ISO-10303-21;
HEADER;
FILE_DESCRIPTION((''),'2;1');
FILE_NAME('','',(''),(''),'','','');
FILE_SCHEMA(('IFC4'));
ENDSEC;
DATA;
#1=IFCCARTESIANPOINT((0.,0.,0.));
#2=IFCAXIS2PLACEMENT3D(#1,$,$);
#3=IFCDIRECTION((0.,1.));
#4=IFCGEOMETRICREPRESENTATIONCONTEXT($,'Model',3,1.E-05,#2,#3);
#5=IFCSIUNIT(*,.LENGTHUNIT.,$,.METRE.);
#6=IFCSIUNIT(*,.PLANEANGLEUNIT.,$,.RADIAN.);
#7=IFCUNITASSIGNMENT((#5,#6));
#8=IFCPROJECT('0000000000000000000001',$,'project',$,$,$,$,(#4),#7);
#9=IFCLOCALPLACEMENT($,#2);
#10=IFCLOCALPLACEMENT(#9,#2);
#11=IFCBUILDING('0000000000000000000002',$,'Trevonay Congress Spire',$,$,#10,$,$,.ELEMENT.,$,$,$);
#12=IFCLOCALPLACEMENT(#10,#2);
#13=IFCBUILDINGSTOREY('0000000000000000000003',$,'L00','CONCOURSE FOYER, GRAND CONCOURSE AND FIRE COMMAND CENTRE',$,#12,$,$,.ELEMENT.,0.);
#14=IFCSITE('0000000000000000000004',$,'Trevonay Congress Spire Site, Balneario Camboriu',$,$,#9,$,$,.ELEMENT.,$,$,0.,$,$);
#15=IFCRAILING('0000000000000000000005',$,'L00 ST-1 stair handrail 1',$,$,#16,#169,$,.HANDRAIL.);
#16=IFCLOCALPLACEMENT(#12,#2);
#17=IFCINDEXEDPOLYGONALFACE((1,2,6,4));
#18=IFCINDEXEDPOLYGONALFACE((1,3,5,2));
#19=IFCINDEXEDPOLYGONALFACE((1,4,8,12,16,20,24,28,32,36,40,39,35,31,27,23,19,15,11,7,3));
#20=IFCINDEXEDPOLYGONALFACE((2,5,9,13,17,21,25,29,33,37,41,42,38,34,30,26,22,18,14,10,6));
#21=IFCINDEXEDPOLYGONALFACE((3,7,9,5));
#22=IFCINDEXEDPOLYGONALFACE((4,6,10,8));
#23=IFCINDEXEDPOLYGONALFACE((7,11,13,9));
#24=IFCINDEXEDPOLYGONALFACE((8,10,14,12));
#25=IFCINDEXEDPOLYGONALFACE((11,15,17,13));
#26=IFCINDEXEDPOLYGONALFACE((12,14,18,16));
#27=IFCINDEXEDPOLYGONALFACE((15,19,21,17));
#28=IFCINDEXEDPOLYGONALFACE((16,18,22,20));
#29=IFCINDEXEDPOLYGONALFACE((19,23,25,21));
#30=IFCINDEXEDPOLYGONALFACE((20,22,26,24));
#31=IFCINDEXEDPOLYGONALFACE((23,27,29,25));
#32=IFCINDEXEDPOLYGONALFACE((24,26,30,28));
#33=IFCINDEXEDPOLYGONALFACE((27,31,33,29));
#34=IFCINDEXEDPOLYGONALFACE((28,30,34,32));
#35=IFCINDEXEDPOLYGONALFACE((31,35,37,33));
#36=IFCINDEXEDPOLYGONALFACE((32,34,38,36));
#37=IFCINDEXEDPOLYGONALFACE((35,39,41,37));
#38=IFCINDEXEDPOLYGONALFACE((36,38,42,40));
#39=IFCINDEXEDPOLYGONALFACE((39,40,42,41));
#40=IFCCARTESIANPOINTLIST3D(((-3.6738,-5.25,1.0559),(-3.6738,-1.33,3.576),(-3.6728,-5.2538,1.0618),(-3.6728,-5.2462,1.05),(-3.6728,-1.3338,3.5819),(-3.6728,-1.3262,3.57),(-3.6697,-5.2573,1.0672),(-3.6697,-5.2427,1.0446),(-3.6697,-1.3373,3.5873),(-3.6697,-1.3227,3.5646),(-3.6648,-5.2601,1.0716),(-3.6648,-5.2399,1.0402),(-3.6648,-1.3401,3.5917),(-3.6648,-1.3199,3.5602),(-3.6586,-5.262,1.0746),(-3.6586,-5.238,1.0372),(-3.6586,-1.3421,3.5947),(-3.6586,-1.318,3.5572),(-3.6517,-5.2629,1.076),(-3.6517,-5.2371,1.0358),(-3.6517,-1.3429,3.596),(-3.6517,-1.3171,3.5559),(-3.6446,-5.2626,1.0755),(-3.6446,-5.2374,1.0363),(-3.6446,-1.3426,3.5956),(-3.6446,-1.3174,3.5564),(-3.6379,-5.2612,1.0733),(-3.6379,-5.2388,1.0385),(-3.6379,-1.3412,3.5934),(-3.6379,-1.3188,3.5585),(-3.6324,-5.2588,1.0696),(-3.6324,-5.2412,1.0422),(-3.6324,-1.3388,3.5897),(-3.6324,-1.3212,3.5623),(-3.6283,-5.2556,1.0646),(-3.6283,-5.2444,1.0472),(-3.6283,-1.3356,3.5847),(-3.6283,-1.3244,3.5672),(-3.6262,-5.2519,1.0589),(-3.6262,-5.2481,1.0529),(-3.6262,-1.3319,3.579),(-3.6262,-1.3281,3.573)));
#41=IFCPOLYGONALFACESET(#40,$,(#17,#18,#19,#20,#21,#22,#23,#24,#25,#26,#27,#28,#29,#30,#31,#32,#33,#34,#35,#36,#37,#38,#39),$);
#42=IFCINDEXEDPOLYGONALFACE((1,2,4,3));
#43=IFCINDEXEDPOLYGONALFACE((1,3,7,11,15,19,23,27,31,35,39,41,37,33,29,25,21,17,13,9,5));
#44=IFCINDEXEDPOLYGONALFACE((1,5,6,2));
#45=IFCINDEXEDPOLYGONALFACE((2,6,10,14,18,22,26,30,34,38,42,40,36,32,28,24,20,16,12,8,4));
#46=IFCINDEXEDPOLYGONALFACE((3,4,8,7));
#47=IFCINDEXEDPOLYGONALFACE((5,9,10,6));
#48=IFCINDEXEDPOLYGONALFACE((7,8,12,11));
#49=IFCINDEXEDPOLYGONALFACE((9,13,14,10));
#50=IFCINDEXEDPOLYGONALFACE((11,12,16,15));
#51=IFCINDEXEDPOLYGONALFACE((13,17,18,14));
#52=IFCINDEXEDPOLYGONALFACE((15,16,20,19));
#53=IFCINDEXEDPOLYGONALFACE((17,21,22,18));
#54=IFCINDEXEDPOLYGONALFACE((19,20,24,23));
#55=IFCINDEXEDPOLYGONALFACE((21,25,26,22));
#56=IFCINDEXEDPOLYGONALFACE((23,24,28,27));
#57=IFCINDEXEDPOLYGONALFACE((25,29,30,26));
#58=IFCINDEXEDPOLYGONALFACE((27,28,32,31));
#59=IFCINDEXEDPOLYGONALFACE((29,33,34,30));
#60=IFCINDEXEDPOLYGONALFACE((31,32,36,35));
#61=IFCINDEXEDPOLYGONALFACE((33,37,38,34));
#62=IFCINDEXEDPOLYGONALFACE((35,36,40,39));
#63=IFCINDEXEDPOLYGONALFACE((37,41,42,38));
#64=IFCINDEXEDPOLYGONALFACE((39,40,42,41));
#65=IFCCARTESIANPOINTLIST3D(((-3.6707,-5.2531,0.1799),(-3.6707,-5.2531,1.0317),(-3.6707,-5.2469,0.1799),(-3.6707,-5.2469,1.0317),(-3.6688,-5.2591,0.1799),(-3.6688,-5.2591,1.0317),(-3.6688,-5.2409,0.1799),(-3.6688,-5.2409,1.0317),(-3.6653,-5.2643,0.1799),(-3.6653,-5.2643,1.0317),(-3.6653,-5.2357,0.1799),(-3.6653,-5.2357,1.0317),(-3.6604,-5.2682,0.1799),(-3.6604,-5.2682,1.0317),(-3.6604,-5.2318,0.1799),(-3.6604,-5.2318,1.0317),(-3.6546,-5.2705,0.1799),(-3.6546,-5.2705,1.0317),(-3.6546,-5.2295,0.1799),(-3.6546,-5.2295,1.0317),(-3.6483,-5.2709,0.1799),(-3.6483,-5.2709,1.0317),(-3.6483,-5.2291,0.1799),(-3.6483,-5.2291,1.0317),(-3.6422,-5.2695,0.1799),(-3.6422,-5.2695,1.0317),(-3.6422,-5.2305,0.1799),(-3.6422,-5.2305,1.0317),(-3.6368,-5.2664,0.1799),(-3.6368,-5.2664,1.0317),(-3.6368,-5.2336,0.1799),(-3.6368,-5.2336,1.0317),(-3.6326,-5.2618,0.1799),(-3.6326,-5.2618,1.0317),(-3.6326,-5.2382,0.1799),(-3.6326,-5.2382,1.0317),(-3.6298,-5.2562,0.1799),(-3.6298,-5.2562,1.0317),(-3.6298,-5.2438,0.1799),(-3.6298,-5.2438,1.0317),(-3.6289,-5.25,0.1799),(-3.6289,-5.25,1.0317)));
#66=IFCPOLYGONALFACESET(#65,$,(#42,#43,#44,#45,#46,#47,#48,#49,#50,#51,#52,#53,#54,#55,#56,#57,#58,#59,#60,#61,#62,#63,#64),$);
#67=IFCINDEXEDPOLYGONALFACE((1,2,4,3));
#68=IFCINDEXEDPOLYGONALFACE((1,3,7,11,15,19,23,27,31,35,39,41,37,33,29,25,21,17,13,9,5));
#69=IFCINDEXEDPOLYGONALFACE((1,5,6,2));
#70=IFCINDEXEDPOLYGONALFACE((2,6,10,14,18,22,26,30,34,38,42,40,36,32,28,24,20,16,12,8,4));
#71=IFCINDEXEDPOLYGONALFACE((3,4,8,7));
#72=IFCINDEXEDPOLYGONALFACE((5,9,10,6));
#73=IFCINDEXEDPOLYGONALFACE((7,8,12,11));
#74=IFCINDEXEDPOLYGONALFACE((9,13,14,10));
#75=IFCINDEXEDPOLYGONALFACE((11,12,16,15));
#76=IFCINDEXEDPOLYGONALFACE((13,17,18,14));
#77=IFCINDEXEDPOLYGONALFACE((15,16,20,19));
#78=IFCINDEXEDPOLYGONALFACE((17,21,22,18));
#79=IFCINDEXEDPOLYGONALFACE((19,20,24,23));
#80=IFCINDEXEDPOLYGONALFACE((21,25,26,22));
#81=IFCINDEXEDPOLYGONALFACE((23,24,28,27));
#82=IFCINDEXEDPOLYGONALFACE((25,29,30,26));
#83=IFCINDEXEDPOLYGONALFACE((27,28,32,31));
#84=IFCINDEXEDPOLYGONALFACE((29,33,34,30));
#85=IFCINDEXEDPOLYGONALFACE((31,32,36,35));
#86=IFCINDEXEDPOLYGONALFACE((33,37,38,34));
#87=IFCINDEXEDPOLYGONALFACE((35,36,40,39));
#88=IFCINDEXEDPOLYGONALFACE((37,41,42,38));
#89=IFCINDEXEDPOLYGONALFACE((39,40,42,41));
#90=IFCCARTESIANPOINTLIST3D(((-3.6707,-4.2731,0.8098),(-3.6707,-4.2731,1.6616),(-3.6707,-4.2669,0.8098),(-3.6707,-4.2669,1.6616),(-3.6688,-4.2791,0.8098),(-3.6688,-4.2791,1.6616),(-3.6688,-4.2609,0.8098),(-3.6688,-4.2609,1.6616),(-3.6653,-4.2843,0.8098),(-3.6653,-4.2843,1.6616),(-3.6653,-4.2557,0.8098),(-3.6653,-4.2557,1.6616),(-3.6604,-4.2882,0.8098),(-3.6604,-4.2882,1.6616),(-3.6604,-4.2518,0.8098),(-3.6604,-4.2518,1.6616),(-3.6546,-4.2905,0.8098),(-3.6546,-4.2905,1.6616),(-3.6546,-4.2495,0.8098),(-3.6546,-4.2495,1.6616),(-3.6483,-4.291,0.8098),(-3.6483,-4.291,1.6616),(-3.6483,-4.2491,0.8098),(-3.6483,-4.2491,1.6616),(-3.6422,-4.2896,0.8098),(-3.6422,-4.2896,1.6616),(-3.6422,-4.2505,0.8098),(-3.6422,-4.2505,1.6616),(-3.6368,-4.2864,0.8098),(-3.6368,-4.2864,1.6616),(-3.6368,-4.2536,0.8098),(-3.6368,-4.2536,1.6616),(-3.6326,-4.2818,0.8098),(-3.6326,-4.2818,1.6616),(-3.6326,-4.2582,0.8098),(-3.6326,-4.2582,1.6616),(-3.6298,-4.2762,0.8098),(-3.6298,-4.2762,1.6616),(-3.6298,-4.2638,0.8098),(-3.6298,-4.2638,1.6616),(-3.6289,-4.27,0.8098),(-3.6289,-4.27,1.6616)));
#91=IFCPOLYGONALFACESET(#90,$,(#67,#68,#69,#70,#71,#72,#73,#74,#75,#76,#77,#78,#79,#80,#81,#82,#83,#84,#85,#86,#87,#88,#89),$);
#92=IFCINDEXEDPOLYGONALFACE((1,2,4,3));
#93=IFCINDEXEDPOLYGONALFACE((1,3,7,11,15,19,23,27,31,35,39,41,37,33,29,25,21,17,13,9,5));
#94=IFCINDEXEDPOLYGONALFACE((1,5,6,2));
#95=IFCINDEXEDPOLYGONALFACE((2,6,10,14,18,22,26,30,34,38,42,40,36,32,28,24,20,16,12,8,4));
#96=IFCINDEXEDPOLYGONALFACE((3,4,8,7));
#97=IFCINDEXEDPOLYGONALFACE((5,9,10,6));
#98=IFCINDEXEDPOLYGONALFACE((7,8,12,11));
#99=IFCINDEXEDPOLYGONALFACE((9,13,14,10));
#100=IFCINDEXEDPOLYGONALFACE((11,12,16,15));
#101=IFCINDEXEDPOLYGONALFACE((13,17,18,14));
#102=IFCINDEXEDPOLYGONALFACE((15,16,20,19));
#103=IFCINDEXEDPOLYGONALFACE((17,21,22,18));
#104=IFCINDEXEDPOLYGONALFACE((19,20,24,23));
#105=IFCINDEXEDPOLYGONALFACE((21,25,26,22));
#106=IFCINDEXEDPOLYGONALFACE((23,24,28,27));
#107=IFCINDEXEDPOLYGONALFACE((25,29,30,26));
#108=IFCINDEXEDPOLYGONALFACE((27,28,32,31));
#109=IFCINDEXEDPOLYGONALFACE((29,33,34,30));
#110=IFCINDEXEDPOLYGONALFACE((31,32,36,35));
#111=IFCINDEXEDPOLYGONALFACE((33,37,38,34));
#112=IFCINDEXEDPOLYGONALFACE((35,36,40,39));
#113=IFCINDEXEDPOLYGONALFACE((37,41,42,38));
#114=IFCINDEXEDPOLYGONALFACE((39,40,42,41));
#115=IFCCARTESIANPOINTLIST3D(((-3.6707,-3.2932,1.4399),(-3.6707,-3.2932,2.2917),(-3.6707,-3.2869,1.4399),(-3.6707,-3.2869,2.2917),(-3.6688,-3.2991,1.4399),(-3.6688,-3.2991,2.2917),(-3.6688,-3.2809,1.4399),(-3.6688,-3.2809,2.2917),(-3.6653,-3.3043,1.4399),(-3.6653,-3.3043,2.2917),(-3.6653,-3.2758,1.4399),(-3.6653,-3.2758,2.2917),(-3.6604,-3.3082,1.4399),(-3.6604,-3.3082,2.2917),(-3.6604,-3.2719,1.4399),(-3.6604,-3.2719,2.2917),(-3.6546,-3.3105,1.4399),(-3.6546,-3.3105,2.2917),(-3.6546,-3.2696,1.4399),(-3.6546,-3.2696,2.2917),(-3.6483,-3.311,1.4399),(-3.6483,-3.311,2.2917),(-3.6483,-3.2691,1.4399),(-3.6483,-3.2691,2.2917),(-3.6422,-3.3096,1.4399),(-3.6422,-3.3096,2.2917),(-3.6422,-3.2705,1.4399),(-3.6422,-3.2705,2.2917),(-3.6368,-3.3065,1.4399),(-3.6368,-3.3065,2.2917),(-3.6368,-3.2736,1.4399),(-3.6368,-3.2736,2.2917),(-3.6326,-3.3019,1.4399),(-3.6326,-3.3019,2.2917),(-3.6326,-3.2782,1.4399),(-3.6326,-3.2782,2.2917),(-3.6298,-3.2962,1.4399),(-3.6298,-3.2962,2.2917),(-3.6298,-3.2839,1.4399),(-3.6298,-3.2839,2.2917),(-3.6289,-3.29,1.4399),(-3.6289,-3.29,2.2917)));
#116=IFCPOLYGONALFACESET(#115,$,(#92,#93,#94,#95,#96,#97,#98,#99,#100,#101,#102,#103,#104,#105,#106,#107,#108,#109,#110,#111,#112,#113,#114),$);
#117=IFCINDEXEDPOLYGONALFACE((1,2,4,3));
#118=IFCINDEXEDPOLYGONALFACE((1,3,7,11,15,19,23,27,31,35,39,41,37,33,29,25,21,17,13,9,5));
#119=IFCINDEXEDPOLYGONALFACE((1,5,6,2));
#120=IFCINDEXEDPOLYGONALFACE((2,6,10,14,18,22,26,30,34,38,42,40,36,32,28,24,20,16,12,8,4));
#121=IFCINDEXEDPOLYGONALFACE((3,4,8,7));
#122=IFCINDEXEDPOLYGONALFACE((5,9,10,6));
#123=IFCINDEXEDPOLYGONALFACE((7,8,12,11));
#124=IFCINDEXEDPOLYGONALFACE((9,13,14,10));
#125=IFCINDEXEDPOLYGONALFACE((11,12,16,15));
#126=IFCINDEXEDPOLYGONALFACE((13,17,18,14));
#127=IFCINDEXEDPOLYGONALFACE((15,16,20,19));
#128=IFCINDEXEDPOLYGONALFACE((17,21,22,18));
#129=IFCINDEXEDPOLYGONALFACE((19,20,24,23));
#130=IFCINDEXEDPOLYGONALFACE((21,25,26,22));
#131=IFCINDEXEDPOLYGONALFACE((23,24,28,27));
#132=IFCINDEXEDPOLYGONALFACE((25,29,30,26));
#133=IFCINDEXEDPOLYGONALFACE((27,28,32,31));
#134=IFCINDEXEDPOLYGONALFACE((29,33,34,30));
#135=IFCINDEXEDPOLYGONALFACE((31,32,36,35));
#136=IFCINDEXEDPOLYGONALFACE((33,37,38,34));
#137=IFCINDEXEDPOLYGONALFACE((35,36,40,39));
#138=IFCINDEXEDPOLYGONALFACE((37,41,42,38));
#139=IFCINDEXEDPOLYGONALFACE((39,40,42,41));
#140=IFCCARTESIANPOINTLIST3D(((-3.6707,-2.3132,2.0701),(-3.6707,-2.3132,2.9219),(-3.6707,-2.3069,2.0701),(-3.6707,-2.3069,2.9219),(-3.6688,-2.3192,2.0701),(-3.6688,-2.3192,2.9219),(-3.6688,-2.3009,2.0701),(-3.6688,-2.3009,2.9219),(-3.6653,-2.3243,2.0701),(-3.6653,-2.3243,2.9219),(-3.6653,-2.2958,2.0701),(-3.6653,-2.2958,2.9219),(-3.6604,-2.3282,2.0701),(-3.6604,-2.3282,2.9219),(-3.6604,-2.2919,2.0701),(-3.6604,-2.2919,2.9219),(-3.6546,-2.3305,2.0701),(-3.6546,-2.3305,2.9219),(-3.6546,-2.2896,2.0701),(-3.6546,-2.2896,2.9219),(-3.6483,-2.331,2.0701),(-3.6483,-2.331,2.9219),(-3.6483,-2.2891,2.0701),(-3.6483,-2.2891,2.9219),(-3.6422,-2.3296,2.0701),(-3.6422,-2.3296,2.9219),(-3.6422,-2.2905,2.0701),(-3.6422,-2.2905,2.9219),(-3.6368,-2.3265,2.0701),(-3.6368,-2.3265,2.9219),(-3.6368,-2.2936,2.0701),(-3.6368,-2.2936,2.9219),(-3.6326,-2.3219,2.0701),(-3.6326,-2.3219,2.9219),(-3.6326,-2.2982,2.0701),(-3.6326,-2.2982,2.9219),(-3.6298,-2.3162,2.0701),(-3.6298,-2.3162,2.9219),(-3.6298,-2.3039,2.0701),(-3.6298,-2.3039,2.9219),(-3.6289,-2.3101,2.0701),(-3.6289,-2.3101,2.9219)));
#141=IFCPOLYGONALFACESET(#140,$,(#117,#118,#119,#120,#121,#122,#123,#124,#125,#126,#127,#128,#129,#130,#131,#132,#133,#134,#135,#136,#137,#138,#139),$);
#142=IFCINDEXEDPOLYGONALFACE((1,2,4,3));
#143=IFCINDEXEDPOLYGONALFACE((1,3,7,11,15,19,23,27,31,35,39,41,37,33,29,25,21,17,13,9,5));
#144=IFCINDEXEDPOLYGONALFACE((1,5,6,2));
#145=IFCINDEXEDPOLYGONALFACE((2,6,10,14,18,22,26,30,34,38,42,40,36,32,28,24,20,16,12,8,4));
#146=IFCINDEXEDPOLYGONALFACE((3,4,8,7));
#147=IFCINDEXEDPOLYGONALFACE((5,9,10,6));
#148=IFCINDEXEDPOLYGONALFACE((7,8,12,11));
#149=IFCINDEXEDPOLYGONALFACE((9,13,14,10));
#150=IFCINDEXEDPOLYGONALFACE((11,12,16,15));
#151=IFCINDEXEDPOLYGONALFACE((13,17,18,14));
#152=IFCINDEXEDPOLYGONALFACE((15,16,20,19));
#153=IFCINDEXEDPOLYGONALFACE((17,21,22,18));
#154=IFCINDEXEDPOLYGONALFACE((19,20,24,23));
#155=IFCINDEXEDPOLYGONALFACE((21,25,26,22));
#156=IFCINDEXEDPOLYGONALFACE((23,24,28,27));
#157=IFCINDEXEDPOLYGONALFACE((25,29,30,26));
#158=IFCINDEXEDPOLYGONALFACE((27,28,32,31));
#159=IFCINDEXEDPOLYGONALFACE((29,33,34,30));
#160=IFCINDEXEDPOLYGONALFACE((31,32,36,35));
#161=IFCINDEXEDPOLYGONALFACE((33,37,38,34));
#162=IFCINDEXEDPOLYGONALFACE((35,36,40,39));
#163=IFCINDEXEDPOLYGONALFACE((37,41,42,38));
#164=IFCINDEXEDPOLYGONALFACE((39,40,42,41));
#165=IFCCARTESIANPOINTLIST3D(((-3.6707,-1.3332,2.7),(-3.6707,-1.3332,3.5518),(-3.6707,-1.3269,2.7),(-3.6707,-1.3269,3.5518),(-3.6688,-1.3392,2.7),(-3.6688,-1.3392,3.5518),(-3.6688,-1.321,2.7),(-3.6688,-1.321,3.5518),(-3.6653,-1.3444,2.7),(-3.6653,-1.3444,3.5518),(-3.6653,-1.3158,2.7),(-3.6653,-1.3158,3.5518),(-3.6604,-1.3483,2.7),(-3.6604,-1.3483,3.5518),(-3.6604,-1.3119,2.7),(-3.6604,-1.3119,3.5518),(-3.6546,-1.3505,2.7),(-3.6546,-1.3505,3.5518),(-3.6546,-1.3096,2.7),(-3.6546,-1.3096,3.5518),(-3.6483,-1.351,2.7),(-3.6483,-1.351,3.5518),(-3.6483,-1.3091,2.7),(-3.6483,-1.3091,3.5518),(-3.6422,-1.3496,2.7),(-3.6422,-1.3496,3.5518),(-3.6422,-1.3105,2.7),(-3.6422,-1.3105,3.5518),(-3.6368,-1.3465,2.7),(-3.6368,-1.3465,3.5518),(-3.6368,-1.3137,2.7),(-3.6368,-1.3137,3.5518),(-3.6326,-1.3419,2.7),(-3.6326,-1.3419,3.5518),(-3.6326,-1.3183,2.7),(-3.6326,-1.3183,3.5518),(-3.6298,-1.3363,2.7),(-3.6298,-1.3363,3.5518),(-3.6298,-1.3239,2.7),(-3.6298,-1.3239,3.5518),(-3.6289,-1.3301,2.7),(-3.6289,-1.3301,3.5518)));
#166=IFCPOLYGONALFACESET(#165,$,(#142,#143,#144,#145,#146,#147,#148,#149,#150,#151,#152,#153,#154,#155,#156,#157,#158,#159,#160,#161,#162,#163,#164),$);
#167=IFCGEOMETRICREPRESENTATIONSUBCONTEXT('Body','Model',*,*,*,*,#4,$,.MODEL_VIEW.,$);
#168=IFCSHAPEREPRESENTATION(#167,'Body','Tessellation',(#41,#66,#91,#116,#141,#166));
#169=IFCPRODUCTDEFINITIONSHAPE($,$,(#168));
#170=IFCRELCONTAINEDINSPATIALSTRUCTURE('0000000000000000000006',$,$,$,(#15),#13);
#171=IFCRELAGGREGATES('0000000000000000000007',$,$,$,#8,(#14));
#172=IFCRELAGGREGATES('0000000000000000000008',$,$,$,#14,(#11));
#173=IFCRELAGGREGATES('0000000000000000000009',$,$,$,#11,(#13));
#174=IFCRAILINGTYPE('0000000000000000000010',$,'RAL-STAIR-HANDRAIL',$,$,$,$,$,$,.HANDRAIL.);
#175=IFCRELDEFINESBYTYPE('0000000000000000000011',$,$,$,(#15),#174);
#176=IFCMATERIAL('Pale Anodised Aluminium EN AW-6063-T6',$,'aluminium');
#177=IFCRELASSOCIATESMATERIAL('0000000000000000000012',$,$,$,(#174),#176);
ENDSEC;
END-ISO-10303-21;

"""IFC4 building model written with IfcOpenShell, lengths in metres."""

from ifc_helpers import new_model, si_unit, direction, frame, origin, origin_2d, place, context, subcontext, project, spatial, circle, extrude, material, type_object, element, save


model = new_model("IFC4")

# Units and contexts
model_context = context("Model", 3, precision=1e-05, world=origin(), true_north=direction((0.0, 1.0)))
body_context = subcontext(model_context, "Body", "Model", "MODEL_VIEW")
ifc_project = project(units=[si_unit("LENGTHUNIT", "METRE"), si_unit("PLANEANGLEUNIT", "RADIAN")], contexts=[model_context])

# Site, building, storey
site_placement = place(None, origin())
site = spatial("IfcSite", under=ifc_project, at=site_placement, Name="Trevonay Congress Spire Site, Balneario Camboriu", CompositionType="ELEMENT", RefElevation=0.0)
building_placement = place(site_placement, origin())
building = spatial("IfcBuilding", under=site, at=building_placement, Name="Trevonay Congress Spire", CompositionType="ELEMENT")
storey_placement = place(building_placement, origin())
storey = spatial("IfcBuildingStorey", under=building, at=storey_placement, Name="L00", Description="CONCOURSE FOYER, GRAND CONCOURSE AND FIRE COMMAND CENTRE", CompositionType="ELEMENT", Elevation=0.0)

# Railing
ifc_material_1 = material(Name="Pale Anodised Aluminium EN AW-6063-T6", Category="aluminium")
railing_type_1 = type_object("IfcRailingType", Name="RAL-STAIR-HANDRAIL", PredefinedType="HANDRAIL", material=ifc_material_1)
railing_1_placement = place(storey_placement, frame((-3.6499, -5.25, 0.1799)))
element("IfcRailing", 1, at=railing_1_placement, inside=storey, type_object=railing_type_1, Name="L00 ST-1 stair handrail 1", PredefinedType="HANDRAIL", context=body_context, shape_type="SweptSolid", body=[
    extrude(circle(Radius=0.0239, at=origin_2d()), frame((0.0, 0.0, 0.876), z_axis=(0.0, 0.841172, 0.540768), x_axis=(-1.0, 0.0, 0.0)), (0.0, 0.0, 1.0), 4.6602),
    extrude(circle(Radius=0.021, at=origin_2d()), origin(), (0.0, 0.0, 1.0), 0.8518),
    extrude(circle(Radius=0.021, at=origin_2d()), frame((0.0, 0.98, 0.6299)), (0.0, 0.0, 1.0), 0.8518),
    extrude(circle(Radius=0.021, at=origin_2d()), frame((0.0, 1.96, 1.26)), (0.0, 0.0, 1.0), 0.8518),
    extrude(circle(Radius=0.021, at=origin_2d()), frame((0.0, 2.9399, 1.8901)), (0.0, 0.0, 1.0), 0.8518),
    extrude(circle(Radius=0.021, at=origin_2d()), frame((0.0, 3.9199, 2.52)), (0.0, 0.0, 1.0), 0.8518),
])

save(model, "model.ifc")
